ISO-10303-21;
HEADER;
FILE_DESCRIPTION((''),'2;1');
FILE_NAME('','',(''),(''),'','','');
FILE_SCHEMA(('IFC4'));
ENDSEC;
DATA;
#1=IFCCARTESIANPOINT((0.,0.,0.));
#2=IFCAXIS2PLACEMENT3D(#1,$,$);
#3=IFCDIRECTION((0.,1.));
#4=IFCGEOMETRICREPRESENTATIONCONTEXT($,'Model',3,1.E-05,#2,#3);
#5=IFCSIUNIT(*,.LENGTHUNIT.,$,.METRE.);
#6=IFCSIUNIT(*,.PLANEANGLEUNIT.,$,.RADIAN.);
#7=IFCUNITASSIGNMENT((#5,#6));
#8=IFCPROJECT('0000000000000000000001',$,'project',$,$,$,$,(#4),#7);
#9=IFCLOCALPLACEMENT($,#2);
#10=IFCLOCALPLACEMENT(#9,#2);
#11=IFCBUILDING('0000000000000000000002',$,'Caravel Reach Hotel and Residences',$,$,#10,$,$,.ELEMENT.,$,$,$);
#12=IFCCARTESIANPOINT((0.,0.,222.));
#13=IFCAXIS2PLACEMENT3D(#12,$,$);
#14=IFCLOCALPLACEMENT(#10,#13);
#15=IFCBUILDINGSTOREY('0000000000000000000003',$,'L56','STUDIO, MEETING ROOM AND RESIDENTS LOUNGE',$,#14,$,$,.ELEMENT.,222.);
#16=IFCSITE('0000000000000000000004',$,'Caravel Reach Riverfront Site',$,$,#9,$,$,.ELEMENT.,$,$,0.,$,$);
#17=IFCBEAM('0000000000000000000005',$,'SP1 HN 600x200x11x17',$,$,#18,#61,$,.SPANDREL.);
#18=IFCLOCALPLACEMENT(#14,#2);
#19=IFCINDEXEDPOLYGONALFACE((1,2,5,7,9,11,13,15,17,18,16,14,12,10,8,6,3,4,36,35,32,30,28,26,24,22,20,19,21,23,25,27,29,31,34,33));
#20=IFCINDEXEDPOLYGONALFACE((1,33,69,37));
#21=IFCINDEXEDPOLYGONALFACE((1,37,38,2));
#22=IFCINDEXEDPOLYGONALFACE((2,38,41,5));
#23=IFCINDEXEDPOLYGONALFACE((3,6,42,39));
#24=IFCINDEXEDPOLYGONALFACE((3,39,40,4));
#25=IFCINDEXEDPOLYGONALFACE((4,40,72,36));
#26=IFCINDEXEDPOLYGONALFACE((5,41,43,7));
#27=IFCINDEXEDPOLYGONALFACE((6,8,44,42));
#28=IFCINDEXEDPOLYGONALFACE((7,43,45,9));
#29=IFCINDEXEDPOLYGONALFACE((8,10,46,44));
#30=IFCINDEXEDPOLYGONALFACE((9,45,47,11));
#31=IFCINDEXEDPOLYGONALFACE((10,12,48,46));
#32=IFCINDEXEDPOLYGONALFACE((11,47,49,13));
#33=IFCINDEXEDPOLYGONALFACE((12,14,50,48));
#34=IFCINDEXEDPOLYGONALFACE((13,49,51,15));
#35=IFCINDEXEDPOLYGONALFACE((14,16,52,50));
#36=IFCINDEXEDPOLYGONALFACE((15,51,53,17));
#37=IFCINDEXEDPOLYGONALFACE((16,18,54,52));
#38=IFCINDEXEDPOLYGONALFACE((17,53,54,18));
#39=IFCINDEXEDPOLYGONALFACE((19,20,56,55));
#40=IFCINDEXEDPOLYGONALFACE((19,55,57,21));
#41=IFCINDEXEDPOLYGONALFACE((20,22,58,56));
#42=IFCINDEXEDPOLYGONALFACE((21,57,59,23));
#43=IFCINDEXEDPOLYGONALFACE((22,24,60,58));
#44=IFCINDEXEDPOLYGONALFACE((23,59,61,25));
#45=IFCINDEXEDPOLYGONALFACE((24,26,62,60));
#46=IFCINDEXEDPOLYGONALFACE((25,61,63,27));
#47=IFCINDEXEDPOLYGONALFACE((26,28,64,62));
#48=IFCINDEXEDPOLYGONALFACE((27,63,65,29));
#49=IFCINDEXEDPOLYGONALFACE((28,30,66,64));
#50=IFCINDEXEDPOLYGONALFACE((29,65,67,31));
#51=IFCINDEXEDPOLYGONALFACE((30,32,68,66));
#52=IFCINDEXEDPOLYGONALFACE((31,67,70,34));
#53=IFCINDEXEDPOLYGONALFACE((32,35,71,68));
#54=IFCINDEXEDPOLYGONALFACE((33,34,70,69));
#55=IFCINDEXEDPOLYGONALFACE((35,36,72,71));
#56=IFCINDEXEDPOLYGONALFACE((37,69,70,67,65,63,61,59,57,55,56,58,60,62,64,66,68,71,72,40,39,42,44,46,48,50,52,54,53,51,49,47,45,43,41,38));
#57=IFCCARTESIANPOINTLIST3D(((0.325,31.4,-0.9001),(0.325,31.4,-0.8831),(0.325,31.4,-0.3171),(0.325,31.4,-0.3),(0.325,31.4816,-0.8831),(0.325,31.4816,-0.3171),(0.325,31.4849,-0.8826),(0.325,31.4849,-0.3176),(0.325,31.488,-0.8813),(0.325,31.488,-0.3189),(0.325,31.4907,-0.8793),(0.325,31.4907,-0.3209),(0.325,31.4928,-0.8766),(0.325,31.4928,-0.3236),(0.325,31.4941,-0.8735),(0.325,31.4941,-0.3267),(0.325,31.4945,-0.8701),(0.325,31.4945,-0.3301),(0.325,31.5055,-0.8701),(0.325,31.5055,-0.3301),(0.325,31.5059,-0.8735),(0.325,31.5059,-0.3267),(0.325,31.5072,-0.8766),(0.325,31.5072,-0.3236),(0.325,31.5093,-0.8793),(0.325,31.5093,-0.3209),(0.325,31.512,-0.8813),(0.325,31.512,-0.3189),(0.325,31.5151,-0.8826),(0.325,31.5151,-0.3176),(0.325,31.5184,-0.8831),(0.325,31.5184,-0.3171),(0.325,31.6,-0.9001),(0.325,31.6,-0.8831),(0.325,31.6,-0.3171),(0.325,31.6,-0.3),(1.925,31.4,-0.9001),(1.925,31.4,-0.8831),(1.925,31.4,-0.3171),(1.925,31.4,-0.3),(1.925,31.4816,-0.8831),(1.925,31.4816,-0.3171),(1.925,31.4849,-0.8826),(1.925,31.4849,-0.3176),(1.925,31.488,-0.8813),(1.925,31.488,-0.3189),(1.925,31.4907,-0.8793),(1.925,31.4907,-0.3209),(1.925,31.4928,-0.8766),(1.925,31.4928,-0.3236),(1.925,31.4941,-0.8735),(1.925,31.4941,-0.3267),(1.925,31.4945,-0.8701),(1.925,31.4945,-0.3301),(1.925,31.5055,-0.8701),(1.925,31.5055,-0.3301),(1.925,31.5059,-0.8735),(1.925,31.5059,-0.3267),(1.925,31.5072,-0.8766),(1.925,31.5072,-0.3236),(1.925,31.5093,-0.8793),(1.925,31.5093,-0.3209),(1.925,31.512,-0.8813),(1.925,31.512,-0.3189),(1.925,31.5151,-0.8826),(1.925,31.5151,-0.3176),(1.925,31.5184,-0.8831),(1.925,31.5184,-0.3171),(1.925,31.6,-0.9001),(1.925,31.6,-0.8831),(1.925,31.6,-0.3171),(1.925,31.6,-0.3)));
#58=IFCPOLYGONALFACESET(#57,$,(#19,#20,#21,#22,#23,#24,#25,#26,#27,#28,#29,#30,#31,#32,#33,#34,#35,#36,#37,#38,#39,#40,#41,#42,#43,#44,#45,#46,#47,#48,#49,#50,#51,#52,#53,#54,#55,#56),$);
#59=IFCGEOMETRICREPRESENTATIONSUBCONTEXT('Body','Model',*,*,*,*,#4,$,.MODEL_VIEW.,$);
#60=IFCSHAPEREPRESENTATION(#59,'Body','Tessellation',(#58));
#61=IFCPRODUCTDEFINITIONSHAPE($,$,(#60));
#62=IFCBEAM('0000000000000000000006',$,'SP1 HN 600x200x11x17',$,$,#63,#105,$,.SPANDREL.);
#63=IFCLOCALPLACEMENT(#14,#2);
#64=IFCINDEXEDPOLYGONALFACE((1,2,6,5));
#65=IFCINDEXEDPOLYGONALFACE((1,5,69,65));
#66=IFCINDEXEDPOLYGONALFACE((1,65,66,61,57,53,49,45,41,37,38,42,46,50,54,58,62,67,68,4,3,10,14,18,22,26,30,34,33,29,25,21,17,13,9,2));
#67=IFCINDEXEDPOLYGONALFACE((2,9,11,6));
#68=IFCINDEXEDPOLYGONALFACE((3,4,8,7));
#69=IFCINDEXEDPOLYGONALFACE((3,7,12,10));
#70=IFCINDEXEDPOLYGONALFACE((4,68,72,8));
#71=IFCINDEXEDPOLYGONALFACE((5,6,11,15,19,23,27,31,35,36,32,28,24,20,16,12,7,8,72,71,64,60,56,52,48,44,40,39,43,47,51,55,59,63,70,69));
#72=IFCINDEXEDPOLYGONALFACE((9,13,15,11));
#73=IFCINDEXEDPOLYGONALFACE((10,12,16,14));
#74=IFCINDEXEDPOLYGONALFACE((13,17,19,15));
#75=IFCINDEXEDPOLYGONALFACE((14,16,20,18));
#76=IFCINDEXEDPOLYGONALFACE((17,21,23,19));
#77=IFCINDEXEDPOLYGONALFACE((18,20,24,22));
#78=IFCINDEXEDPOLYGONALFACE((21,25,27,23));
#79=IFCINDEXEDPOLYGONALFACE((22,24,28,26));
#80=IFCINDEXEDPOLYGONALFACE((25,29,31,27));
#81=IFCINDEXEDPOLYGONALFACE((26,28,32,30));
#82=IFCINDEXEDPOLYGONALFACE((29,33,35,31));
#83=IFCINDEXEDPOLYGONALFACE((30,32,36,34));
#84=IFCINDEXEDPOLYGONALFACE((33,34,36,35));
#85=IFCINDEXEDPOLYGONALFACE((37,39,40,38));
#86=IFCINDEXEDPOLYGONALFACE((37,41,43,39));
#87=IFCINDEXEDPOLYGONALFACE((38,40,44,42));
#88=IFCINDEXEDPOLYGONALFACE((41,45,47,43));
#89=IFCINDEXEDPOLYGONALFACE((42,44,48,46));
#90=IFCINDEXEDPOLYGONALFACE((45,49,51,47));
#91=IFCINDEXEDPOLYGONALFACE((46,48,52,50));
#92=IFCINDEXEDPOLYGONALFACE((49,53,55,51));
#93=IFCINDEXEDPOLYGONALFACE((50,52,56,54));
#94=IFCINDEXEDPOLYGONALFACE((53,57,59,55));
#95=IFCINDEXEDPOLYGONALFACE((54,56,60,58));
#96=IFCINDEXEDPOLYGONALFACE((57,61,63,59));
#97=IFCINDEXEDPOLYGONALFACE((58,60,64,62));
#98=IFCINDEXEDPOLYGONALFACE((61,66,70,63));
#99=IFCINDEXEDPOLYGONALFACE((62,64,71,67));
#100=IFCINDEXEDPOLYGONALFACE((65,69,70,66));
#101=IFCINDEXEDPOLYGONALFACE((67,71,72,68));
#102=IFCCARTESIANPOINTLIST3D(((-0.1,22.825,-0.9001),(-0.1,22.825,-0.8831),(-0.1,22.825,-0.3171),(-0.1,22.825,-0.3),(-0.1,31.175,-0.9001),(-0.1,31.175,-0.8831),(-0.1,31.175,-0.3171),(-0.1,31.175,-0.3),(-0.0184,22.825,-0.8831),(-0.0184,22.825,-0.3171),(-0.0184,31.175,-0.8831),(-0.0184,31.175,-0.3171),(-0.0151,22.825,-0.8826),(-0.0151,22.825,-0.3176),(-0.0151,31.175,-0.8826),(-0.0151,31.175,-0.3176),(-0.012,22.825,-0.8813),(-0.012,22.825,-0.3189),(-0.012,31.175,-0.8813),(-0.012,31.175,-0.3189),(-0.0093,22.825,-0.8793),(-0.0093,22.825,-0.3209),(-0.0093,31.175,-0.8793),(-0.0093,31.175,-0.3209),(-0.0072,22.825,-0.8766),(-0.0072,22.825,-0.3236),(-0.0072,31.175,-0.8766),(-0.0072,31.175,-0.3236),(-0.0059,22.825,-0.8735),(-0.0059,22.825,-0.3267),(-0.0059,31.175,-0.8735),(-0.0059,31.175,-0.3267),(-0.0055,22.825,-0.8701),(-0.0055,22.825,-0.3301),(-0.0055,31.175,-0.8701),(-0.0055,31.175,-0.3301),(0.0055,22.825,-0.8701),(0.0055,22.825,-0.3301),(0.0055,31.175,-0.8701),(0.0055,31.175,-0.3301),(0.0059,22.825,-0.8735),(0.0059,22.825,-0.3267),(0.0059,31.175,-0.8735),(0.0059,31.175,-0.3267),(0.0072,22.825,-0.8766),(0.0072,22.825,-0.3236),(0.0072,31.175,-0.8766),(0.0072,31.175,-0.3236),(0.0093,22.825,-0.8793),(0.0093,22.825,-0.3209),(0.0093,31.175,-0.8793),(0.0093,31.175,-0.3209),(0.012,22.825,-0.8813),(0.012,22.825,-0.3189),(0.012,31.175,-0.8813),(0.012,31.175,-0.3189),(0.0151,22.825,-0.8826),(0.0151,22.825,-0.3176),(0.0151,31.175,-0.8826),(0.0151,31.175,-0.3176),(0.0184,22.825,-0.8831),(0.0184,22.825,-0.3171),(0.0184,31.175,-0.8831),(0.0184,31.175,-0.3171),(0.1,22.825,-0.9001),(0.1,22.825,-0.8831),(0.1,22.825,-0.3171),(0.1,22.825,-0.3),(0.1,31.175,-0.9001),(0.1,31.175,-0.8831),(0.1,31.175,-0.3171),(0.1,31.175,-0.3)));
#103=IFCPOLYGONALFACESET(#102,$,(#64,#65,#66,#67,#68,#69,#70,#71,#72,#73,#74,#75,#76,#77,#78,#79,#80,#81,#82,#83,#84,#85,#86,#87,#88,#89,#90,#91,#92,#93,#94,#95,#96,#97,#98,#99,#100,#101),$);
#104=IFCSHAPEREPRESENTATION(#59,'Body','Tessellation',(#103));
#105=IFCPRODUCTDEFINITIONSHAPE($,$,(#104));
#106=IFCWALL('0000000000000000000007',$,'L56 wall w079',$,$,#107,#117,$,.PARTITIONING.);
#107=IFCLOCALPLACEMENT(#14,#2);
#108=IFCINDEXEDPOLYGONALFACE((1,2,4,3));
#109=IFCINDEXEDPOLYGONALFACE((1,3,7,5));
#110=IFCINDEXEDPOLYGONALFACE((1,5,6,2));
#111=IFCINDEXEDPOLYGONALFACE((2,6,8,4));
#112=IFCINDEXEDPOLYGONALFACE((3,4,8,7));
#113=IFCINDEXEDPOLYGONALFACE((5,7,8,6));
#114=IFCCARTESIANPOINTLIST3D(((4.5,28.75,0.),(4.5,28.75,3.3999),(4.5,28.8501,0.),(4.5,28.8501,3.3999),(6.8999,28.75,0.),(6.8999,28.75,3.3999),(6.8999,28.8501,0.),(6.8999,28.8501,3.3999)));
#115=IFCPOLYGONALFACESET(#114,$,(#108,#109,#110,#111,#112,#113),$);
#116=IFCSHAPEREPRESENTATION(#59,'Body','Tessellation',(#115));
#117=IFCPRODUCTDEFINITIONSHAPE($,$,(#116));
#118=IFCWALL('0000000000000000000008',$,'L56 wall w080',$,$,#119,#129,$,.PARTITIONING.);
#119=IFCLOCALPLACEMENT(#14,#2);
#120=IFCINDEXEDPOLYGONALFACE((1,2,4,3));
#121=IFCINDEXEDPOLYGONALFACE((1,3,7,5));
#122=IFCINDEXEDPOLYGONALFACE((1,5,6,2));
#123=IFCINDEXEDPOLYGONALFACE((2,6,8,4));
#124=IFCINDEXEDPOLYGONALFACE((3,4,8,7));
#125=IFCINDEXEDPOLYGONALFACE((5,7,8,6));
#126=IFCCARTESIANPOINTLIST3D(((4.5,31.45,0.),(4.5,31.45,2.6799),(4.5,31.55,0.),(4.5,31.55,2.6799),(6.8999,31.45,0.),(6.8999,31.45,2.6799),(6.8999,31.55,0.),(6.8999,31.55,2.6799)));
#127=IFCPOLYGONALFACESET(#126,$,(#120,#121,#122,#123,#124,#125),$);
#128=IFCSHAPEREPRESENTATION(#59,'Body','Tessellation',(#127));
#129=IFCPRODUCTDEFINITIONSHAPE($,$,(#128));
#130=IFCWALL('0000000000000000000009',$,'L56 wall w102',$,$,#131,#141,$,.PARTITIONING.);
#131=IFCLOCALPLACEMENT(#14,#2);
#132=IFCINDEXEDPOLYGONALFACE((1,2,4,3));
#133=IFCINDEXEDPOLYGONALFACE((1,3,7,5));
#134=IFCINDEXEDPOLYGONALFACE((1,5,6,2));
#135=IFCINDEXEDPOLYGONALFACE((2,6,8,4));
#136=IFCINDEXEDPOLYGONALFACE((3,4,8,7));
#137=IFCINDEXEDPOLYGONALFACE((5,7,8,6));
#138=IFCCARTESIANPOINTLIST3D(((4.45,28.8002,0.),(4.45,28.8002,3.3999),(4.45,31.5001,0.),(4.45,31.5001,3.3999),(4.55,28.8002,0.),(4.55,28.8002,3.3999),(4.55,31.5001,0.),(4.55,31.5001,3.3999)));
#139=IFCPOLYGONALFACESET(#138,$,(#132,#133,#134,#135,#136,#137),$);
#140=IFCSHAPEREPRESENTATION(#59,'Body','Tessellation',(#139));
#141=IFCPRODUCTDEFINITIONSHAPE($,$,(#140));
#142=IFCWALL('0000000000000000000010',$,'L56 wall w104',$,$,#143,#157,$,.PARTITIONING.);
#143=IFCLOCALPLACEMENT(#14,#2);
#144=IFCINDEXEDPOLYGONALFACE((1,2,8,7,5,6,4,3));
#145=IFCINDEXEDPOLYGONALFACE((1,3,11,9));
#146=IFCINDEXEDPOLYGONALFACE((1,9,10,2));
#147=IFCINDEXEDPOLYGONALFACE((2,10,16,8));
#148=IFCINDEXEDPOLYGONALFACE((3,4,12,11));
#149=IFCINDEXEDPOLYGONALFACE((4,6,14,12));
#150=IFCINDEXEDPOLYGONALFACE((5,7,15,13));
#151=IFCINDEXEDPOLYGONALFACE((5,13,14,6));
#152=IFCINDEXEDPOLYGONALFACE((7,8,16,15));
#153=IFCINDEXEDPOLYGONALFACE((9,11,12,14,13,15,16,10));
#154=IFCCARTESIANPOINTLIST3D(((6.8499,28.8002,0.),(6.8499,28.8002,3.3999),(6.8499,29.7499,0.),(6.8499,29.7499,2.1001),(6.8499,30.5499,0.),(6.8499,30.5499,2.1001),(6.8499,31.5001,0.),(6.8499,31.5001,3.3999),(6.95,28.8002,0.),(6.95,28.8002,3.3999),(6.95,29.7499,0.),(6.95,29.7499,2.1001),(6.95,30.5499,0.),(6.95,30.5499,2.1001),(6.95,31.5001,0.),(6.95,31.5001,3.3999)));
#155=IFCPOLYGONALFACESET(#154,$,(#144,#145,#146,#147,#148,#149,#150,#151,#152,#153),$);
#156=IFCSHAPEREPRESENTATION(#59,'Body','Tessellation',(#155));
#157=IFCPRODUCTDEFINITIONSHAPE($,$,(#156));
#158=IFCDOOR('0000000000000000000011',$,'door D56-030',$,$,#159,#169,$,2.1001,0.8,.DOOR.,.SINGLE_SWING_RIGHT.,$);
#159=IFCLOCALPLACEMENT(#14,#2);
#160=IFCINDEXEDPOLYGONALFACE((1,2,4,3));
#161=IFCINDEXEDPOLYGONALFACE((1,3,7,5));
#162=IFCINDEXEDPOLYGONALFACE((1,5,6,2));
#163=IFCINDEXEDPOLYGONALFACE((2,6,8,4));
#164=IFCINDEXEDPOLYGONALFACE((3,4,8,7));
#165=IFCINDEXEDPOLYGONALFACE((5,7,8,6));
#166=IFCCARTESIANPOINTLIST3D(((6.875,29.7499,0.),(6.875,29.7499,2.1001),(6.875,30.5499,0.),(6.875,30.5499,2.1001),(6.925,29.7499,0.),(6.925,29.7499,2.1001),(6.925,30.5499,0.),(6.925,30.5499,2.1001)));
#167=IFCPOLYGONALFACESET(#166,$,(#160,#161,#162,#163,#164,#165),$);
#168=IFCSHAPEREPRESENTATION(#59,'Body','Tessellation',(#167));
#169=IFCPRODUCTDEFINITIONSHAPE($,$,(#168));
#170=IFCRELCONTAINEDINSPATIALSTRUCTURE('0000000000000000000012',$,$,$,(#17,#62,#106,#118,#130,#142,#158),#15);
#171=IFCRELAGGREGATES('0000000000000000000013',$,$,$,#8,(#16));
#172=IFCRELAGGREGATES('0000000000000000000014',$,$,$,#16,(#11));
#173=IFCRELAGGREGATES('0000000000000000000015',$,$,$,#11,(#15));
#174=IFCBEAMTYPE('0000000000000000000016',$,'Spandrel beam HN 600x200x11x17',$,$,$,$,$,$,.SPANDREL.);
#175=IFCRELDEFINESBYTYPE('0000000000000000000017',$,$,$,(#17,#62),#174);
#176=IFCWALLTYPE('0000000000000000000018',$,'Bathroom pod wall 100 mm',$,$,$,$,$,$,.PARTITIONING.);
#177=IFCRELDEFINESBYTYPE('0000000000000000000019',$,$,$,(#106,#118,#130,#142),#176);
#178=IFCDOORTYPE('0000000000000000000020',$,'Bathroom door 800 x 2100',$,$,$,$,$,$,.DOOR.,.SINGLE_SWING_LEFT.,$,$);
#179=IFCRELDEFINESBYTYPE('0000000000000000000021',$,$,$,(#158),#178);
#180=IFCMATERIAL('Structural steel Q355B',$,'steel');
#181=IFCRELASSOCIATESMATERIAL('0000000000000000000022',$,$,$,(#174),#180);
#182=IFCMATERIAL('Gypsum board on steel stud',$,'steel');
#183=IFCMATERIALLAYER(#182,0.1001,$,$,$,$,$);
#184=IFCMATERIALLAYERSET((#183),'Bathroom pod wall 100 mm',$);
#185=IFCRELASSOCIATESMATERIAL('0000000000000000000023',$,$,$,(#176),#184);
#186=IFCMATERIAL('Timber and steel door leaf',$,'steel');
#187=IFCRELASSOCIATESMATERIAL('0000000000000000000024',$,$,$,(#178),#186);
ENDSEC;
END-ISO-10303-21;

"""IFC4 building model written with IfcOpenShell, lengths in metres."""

from ifc_helpers import new_model, si_unit, direction, frame, frame_2d, origin, origin_2d, place, context, subcontext, project, spatial, rectangle, i_section, extrude, material, layer, layer_set, material_profile, profile_set, type_object, element, fill, save


model = new_model("IFC4")

# Units and contexts
model_context = context("Model", 3, precision=1e-05, world=origin(), true_north=direction((0.0, 1.0)))
body_context = subcontext(model_context, "Body", "Model", "MODEL_VIEW")
ifc_project = project(units=[si_unit("LENGTHUNIT", "METRE"), si_unit("PLANEANGLEUNIT", "RADIAN")], contexts=[model_context])

# Site, building, storey
site_placement = place(None, origin())
site = spatial("IfcSite", under=ifc_project, at=site_placement, Name="Caravel Reach Riverfront Site", CompositionType="ELEMENT", RefElevation=0.0)
building_placement = place(site_placement, origin())
building = spatial("IfcBuilding", under=site, at=building_placement, Name="Caravel Reach Hotel and Residences", CompositionType="ELEMENT")
storey_placement = place(building_placement, frame((0.0, 0.0, 222.0)))
storey = spatial("IfcBuildingStorey", under=building, at=storey_placement, Name="L56", Description="STUDIO, MEETING ROOM AND RESIDENTS LOUNGE", CompositionType="ELEMENT", Elevation=222.0)

# Beams
ifc_material_1 = material(Name="Structural steel Q355B", Category="steel")
ifc_material_profile_1 = material_profile(ifc_material_1, i_section(OverallWidth=0.2, OverallDepth=0.6001, WebThickness=0.011, FlangeThickness=0.0171, FilletRadius=0.0129, at=origin_2d()), Name="HN 600x200x11x17")
ifc_profile_set_1 = profile_set([ifc_material_profile_1], Name="Structural steel Q355B")
beam_type_1 = type_object("IfcBeamType", Name="Spandrel beam HN 600x200x11x17", PredefinedType="SPANDREL", material=ifc_profile_set_1)
beam_1_placement = place(storey_placement, frame((1.925, 31.5, -0.6001), z_axis=(-1.0, 0.0, 0.0), x_axis=(0.0, -1.0, 0.0)))
element("IfcBeam", 1, at=beam_1_placement, inside=storey, type_object=beam_type_1, Name="SP1 HN 600x200x11x17", PredefinedType="SPANDREL", context=body_context, shape_type="SweptSolid", body=[
    extrude(i_section(OverallWidth=0.2, OverallDepth=0.6001, WebThickness=0.011, FlangeThickness=0.0171, FilletRadius=0.0129, at=origin_2d()), origin(), (0.0, 0.0, 1.0), 1.6001),
])
beam_2_placement = place(storey_placement, frame((0.0, 31.175, -0.6001), z_axis=(0.0, -1.0, 0.0), x_axis=(1.0, 0.0, 0.0)))
element("IfcBeam", 2, at=beam_2_placement, inside=storey, type_object=beam_type_1, Name="SP1 HN 600x200x11x17", PredefinedType="SPANDREL", context=body_context, shape_type="SweptSolid", body=[
    extrude(i_section(OverallWidth=0.2, OverallDepth=0.6001, WebThickness=0.011, FlangeThickness=0.0171, FilletRadius=0.0129, at=origin_2d()), origin(), (0.0, 0.0, 1.0), 8.3501),
])

# Walls
ifc_material_2 = material(Name="Gypsum board on steel stud", Category="steel")
ifc_layer_1 = layer(ifc_material_2, 0.1001)
ifc_layer_set_1 = layer_set([ifc_layer_1], Name="Bathroom pod wall 100 mm")
wall_type_1 = type_object("IfcWallType", Name="Bathroom pod wall 100 mm", PredefinedType="PARTITIONING", material=ifc_layer_set_1)
wall_1_placement = place(storey_placement, frame((4.5, 28.8, 0.0), z_axis=(0.0, 0.0, 1.0), x_axis=(1.0, 0.0, 0.0)))
element("IfcWall", 3, at=wall_1_placement, inside=storey, type_object=wall_type_1, Name="L56 wall w079", PredefinedType="PARTITIONING", context=body_context, shape_type="SweptSolid", body=[
    extrude(rectangle(XDim=2.3999, YDim=0.1001, at=frame_2d((1.2, 0.0))), origin(), (0.0, 0.0, 1.0), 3.3999),
])
wall_2_placement = place(storey_placement, frame((4.5, 31.5, 0.0), z_axis=(0.0, 0.0, 1.0), x_axis=(1.0, 0.0, 0.0)))
element("IfcWall", 4, at=wall_2_placement, inside=storey, type_object=wall_type_1, Name="L56 wall w080", PredefinedType="PARTITIONING", context=body_context, shape_type="SweptSolid", body=[
    extrude(rectangle(XDim=2.3999, YDim=0.1001, at=frame_2d((1.2, 0.0))), origin(), (0.0, 0.0, 1.0), 2.6799),
])
wall_3_placement = place(storey_placement, frame((4.5, 28.8, 0.0), z_axis=(0.0, 0.0, 1.0), x_axis=(0.0, 1.0, 0.0)))
element("IfcWall", 5, at=wall_3_placement, inside=storey, type_object=wall_type_1, Name="L56 wall w102", PredefinedType="PARTITIONING", context=body_context, shape_type="SweptSolid", body=[
    extrude(rectangle(XDim=2.7, YDim=0.1001, at=frame_2d((1.3501, 0.0))), origin(), (0.0, 0.0, 1.0), 3.3999),
])

# Wall, opening, door
wall_4_placement = place(storey_placement, frame((6.8999, 28.8, 0.0), z_axis=(0.0, 0.0, 1.0), x_axis=(0.0, 1.0, 0.0)))
wall_4 = element("IfcWall", 6, at=wall_4_placement, inside=storey, type_object=wall_type_1, Name="L56 wall w104", PredefinedType="PARTITIONING", context=body_context, shape_type="SweptSolid", body=[
    extrude(rectangle(XDim=2.7, YDim=0.1001, at=frame_2d((1.3501, 0.0))), origin(), (0.0, 0.0, 1.0), 3.3999),
])
opening_1_placement = place(wall_4_placement, frame((0.95, 0.0, 0.0)))
opening_1 = element("IfcOpeningElement", 7, at=opening_1_placement, cuts=wall_4, PredefinedType="OPENING", context=body_context, shape_type="SweptSolid", body=[
    extrude(rectangle(XDim=0.8, YDim=2.1001, at=frame_2d((0.3999, 1.05))), frame((0.0, 0.0601, 0.0), z_axis=(0.0, -1.0, 0.0), x_axis=(1.0, 0.0, 0.0)), (0.0, 0.0, 1.0), 0.1201),
])
ifc_material_3 = material(Name="Timber and steel door leaf", Category="steel")
door_type_1 = type_object("IfcDoorType", Name="Bathroom door 800 x 2100", OperationType="SINGLE_SWING_LEFT", PredefinedType="DOOR", material=ifc_material_3)
door_1_placement = place(opening_1_placement, origin())
door_1 = element("IfcDoor", 8, at=door_1_placement, inside=storey, type_object=door_type_1, Name="door D56-030", OperationType="SINGLE_SWING_RIGHT", OverallHeight=2.1001, OverallWidth=0.8, PredefinedType="DOOR", context=body_context, shape_type="SweptSolid", body=[
    extrude(rectangle(XDim=0.8, YDim=2.1001, at=frame_2d((0.3999, 1.05))), frame((0.0, 0.0249, 0.0), z_axis=(0.0, -1.0, 0.0), x_axis=(1.0, 0.0, 0.0)), (0.0, 0.0, 1.0), 0.05),
])
fill(opening_1, door_1)

save(model, "model.ifc")
